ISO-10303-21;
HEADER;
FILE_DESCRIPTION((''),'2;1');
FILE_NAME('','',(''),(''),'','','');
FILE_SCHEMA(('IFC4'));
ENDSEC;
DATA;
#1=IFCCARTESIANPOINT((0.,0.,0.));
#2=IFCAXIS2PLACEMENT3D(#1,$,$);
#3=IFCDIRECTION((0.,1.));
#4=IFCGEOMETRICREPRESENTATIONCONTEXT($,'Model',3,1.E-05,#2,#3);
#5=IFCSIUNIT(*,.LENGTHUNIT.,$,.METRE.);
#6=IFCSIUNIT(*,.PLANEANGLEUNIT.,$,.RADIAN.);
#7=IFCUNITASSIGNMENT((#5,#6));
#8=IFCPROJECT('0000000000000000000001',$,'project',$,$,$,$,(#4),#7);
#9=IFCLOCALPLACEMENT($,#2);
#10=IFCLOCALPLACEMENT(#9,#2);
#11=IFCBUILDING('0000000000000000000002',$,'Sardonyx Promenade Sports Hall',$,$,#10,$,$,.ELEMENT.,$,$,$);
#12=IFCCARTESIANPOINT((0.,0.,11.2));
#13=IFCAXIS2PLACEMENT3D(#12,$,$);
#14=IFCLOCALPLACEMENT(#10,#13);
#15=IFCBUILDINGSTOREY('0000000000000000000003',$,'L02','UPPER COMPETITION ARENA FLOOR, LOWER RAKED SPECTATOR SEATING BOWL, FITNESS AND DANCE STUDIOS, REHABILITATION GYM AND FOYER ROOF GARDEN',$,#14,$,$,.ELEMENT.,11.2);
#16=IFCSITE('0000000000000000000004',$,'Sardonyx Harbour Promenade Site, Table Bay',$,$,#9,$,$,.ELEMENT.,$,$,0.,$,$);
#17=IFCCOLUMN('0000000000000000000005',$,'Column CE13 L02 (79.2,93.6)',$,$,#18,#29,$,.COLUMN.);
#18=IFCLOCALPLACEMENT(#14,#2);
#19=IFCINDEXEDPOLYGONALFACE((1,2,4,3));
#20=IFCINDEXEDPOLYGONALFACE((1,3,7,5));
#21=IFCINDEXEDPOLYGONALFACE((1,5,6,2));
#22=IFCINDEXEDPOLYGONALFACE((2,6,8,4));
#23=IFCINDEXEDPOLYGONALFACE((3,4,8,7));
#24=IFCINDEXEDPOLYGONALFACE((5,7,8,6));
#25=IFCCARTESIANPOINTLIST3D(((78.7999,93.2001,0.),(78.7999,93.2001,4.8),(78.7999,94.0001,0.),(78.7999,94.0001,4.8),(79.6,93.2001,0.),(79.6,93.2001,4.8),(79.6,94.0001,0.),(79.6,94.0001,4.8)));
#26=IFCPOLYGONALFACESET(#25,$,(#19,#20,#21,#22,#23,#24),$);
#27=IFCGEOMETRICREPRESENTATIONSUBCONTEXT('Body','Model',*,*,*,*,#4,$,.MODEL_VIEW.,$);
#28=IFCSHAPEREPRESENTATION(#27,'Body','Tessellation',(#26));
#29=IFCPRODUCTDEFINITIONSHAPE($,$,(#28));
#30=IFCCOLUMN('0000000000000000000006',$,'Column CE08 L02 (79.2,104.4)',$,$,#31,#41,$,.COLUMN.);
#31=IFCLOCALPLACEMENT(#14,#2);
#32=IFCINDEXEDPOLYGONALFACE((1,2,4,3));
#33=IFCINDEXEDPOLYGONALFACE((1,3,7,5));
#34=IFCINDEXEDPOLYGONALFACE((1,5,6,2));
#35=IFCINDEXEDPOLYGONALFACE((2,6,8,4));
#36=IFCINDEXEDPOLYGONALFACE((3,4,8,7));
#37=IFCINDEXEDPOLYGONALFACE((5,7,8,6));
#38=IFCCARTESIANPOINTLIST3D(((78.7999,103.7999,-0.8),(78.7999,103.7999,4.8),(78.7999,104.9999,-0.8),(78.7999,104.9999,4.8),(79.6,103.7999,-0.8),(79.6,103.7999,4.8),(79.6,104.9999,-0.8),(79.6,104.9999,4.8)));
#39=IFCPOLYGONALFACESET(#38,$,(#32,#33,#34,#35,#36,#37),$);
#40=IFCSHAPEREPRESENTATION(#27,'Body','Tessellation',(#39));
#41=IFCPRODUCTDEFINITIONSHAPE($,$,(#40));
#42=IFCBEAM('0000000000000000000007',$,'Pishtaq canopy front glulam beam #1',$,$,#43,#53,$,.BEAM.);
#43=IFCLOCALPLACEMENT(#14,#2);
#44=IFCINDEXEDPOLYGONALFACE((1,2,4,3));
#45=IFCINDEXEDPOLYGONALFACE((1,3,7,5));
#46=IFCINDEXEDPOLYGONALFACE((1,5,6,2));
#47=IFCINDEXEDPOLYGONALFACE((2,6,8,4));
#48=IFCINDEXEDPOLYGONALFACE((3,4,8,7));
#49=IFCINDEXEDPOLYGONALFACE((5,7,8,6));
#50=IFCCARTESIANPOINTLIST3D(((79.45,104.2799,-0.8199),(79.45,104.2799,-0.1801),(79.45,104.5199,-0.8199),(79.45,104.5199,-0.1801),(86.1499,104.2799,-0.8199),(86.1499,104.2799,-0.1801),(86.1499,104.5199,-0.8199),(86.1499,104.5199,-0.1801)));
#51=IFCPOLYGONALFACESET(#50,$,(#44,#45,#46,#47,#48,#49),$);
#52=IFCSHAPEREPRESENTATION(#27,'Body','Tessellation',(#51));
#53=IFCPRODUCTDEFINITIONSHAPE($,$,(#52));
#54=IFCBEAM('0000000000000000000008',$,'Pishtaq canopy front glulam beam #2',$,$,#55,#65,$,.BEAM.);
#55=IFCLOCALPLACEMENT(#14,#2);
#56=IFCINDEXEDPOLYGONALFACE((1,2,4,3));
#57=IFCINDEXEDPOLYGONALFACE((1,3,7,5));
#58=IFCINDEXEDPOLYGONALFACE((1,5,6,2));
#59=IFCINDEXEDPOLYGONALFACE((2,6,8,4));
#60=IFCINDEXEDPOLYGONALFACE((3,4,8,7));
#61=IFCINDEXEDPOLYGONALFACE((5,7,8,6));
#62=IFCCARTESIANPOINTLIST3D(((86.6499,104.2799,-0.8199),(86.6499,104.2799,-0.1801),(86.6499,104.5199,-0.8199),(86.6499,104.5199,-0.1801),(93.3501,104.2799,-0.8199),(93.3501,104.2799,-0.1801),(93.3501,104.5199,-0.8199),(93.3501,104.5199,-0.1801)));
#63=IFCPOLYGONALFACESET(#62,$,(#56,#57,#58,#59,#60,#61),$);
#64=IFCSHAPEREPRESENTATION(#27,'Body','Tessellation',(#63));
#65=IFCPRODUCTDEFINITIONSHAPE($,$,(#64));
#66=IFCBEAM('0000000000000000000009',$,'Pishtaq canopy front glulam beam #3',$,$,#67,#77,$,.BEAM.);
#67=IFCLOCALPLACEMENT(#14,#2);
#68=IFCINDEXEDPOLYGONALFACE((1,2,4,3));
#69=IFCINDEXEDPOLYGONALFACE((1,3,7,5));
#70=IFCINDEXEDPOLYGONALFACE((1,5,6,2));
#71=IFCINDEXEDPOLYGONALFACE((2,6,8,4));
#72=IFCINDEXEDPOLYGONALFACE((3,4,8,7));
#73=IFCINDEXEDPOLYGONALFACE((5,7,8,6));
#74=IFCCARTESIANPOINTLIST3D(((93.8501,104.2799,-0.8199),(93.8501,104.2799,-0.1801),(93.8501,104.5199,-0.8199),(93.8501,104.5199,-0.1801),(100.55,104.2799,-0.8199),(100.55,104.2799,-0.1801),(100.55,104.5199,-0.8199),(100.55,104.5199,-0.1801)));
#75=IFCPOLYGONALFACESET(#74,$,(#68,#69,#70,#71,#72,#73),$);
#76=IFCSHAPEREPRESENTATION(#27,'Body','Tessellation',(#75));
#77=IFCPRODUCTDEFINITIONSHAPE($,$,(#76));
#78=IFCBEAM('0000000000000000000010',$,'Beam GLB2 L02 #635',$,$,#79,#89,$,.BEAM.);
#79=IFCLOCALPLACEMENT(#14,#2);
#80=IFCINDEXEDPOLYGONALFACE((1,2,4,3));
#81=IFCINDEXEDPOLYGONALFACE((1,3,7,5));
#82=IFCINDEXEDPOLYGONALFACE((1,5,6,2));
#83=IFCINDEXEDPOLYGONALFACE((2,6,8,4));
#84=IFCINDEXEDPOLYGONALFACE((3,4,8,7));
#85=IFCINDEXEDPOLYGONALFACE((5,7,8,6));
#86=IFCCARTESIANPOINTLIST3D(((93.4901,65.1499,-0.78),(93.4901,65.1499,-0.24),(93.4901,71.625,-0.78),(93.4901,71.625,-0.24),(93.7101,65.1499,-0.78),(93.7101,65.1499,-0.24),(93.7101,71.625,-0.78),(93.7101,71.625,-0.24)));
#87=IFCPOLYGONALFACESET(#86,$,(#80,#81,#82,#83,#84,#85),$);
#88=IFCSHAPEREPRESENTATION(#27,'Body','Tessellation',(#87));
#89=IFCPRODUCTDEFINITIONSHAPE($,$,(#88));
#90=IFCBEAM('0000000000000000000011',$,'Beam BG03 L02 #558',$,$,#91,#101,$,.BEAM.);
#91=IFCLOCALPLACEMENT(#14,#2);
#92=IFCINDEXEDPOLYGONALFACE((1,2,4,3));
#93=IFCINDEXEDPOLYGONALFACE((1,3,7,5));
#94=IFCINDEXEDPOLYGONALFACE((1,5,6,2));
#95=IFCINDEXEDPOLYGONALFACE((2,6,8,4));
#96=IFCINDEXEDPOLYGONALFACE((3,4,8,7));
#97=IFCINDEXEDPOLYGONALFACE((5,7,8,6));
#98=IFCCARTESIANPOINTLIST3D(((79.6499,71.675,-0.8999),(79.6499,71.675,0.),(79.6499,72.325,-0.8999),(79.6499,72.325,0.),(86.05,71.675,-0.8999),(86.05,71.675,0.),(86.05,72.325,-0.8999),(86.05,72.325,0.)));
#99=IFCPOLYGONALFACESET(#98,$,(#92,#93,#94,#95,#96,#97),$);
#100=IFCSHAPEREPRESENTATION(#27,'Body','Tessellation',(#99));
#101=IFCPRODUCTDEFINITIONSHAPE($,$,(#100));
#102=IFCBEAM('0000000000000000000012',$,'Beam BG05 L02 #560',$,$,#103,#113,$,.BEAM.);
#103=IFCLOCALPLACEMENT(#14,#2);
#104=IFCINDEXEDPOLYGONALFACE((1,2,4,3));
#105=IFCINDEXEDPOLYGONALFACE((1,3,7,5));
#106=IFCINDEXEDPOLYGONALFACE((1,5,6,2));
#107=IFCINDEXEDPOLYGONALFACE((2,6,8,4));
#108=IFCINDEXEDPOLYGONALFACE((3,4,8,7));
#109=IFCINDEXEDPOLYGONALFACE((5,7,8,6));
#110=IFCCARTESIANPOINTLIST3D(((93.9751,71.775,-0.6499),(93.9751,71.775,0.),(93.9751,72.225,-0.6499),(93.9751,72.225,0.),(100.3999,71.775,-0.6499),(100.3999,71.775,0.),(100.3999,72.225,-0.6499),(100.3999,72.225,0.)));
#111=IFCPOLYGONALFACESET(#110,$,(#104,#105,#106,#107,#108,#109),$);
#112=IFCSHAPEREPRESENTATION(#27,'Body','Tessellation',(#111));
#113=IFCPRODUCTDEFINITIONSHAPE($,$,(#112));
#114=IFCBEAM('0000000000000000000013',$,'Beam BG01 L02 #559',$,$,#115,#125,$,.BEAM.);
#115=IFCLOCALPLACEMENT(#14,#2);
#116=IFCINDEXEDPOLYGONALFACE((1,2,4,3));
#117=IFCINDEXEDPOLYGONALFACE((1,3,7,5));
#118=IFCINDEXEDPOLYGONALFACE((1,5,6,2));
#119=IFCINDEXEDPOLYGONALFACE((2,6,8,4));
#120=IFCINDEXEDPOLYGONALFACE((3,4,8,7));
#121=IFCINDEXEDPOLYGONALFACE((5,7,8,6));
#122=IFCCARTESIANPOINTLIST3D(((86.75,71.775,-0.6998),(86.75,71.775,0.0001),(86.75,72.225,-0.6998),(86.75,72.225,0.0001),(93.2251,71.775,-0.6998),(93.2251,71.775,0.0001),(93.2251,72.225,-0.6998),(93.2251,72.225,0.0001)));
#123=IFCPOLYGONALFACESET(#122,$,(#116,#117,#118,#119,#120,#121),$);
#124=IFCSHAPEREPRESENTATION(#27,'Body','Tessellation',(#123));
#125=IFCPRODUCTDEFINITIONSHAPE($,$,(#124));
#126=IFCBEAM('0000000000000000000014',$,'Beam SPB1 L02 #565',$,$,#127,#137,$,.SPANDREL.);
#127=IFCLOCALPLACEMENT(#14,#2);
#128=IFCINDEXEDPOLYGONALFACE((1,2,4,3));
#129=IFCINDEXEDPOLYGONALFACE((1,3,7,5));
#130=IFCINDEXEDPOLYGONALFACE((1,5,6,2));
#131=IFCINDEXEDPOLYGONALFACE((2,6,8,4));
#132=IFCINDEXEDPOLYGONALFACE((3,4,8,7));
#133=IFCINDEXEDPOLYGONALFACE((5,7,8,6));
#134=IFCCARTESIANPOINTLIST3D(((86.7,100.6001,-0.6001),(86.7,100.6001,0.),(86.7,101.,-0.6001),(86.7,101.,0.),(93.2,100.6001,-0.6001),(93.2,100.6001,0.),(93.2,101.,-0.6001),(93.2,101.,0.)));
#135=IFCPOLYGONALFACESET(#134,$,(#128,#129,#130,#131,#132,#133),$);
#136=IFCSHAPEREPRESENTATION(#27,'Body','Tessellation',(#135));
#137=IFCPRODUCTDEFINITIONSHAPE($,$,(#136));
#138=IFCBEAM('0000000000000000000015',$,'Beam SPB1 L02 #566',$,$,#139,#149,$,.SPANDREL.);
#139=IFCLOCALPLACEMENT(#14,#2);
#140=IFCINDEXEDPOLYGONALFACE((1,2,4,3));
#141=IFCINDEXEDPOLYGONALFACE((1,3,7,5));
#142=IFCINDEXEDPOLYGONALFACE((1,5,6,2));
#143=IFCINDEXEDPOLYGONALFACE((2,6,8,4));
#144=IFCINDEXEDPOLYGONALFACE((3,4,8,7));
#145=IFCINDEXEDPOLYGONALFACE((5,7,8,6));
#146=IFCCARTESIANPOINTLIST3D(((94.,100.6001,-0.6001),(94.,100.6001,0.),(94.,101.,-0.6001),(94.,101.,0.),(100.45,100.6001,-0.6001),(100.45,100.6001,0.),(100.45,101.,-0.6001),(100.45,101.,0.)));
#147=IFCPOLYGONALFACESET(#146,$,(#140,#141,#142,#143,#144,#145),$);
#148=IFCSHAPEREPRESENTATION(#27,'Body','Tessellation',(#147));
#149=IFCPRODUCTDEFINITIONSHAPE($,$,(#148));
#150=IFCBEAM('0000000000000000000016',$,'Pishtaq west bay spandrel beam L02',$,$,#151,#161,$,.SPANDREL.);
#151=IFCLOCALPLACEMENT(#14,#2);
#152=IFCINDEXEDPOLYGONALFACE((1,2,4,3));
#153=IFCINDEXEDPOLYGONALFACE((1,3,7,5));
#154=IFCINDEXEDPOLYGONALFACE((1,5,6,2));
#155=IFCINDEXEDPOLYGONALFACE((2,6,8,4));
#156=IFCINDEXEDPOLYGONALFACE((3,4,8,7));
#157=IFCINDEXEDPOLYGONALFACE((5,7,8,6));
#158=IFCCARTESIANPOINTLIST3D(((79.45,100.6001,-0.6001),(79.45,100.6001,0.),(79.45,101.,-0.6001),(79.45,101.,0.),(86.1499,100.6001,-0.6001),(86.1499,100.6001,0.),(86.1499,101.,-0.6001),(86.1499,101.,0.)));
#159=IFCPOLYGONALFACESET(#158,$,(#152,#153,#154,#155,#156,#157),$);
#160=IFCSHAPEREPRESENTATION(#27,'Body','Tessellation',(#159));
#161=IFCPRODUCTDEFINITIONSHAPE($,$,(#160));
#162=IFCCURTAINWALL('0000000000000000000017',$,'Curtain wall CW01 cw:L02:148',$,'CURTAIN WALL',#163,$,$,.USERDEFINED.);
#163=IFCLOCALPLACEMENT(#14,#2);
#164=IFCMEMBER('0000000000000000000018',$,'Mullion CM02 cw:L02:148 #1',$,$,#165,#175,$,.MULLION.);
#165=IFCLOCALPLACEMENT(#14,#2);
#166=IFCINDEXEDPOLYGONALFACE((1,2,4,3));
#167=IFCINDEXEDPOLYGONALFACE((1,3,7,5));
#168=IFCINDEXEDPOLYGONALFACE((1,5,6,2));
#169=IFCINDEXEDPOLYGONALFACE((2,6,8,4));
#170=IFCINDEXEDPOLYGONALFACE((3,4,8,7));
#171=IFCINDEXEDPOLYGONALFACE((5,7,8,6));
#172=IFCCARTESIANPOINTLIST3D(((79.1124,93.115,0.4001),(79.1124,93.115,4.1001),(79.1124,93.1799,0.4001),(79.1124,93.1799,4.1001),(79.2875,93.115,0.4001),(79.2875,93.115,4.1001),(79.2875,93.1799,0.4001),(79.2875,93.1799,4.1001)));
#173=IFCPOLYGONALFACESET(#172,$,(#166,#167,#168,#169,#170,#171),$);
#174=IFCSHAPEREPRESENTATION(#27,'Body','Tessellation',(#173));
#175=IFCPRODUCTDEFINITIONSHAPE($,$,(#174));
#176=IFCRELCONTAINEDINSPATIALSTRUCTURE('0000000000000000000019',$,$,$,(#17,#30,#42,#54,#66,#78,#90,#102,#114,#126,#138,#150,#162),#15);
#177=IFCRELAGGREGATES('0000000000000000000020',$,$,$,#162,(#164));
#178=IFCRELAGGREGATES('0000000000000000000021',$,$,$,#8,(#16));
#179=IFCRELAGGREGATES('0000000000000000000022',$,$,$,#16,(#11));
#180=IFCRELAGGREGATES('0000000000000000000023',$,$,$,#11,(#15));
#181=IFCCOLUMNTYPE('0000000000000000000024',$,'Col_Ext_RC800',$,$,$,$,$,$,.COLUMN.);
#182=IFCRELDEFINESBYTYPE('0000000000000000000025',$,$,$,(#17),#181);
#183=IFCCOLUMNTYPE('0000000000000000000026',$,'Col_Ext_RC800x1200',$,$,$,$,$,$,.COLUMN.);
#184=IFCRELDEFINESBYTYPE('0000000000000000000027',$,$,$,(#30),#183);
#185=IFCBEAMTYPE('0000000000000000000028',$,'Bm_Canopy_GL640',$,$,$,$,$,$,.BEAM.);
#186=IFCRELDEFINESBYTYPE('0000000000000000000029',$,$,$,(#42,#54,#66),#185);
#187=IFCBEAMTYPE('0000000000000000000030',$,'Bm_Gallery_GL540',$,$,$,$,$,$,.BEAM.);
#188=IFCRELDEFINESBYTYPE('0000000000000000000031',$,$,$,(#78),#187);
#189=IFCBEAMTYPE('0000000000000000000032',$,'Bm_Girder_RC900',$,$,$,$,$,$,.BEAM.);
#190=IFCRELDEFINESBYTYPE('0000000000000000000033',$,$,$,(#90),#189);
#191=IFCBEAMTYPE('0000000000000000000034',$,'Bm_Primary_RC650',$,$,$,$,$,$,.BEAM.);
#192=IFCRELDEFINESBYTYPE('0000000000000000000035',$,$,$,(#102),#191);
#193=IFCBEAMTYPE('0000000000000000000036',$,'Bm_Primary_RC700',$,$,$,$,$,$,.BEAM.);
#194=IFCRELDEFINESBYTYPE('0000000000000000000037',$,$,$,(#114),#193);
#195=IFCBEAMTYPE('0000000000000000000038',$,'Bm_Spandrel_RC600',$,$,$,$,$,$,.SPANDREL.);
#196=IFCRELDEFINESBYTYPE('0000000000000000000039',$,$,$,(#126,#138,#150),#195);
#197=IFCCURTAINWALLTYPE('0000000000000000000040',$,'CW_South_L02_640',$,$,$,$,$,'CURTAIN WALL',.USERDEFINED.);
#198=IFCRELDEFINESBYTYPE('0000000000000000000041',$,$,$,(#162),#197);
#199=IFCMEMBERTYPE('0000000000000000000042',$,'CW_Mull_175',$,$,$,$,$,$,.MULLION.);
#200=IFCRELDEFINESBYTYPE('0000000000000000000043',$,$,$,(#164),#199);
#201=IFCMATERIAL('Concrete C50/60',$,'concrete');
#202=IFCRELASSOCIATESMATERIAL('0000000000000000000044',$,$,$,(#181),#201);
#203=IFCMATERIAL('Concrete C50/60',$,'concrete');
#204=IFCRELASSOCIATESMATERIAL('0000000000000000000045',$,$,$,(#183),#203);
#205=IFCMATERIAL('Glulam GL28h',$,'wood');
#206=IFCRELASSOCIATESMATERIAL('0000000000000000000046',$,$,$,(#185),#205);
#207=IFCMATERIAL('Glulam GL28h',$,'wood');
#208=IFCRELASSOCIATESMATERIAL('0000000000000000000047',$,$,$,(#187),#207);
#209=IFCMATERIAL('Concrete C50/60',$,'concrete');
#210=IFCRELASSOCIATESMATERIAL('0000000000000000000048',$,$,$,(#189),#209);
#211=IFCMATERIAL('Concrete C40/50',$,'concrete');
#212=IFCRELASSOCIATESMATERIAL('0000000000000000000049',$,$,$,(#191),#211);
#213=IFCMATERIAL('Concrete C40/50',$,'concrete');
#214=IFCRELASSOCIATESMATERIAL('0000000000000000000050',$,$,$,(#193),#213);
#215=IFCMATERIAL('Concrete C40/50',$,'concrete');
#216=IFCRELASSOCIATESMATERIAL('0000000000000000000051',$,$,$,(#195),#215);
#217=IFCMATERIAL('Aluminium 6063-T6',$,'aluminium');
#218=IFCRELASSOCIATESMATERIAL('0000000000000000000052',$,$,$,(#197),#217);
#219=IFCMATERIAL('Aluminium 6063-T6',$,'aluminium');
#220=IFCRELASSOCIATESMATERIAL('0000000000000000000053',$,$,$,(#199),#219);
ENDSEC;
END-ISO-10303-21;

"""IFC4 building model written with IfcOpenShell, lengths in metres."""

from ifc_helpers import new_model, si_unit, direction, frame, origin, origin_2d, place, context, subcontext, project, spatial, rectangle, extrude, material, material_profile, profile_set, type_object, element, aggregate, save


model = new_model("IFC4")

# Units and contexts
model_context = context("Model", 3, precision=1e-05, world=origin(), true_north=direction((0.0, 1.0)))
body_context = subcontext(model_context, "Body", "Model", "MODEL_VIEW")
ifc_project = project(units=[si_unit("LENGTHUNIT", "METRE"), si_unit("PLANEANGLEUNIT", "RADIAN")], contexts=[model_context])

# Site, building, storey
site_placement = place(None, origin())
site = spatial("IfcSite", under=ifc_project, at=site_placement, Name="Sardonyx Harbour Promenade Site, Table Bay", CompositionType="ELEMENT", RefElevation=0.0)
building_placement = place(site_placement, origin())
building = spatial("IfcBuilding", under=site, at=building_placement, Name="Sardonyx Promenade Sports Hall", CompositionType="ELEMENT")
storey_placement = place(building_placement, frame((0.0, 0.0, 11.2)))
storey = spatial("IfcBuildingStorey", under=building, at=storey_placement, Name="L02", Description="UPPER COMPETITION ARENA FLOOR, LOWER RAKED SPECTATOR SEATING BOWL, FITNESS AND DANCE STUDIOS, REHABILITATION GYM AND FOYER ROOF GARDEN", CompositionType="ELEMENT", Elevation=11.2)

# Columns
ifc_material_1 = material(Name="Concrete C50/60", Category="concrete")
ifc_material_profile_1 = material_profile(ifc_material_1, rectangle(XDim=0.8, YDim=0.8, at=origin_2d()))
ifc_profile_set_1 = profile_set([ifc_material_profile_1], Name="Concrete C50/60")
column_type_1 = type_object("IfcColumnType", Name="Col_Ext_RC800", PredefinedType="COLUMN", material=ifc_profile_set_1)
column_1_placement = place(storey_placement, frame((79.2, 93.6001, 0.0), z_axis=(0.0, 0.0, 1.0), x_axis=(1.0, 0.0, 0.0)))
element("IfcColumn", 1, at=column_1_placement, inside=storey, type_object=column_type_1, Name="Column CE13 L02 (79.2,93.6)", PredefinedType="COLUMN", context=body_context, shape_type="SweptSolid", body=[
    extrude(rectangle(XDim=0.8, YDim=0.8, at=origin_2d()), origin(), (0.0, 0.0, 1.0), 4.8),
])
ifc_material_2 = material(Name="Concrete C50/60", Category="concrete")
ifc_material_profile_2 = material_profile(ifc_material_2, rectangle(XDim=0.8, YDim=1.2, at=origin_2d()))
ifc_profile_set_2 = profile_set([ifc_material_profile_2], Name="Concrete C50/60")
column_type_2 = type_object("IfcColumnType", Name="Col_Ext_RC800x1200", PredefinedType="COLUMN", material=ifc_profile_set_2)
column_2_placement = place(storey_placement, frame((79.2, 104.3999, -0.8), z_axis=(0.0, 0.0, 1.0), x_axis=(1.0, 0.0, 0.0)))
element("IfcColumn", 2, at=column_2_placement, inside=storey, type_object=column_type_2, Name="Column CE08 L02 (79.2,104.4)", PredefinedType="COLUMN", context=body_context, shape_type="SweptSolid", body=[
    extrude(rectangle(XDim=0.8, YDim=1.2, at=origin_2d()), origin(), (0.0, 0.0, 1.0), 5.6001),
])

# Beams
ifc_material_3 = material(Name="Glulam GL28h", Category="wood")
ifc_material_profile_3 = material_profile(ifc_material_3, rectangle(XDim=0.24, YDim=0.6399, at=origin_2d()))
ifc_profile_set_3 = profile_set([ifc_material_profile_3], Name="Glulam GL28h")
beam_type_1 = type_object("IfcBeamType", Name="Bm_Canopy_GL640", PredefinedType="BEAM", material=ifc_profile_set_3)
beam_1_placement = place(storey_placement, frame((79.45, 104.3999, -0.5), z_axis=(1.0, 0.0, 0.0), x_axis=(0.0, 1.0, 0.0)))
element("IfcBeam", 3, at=beam_1_placement, inside=storey, type_object=beam_type_1, Name="Pishtaq canopy front glulam beam #1", PredefinedType="BEAM", context=body_context, shape_type="SweptSolid", body=[
    extrude(rectangle(XDim=0.24, YDim=0.6399, at=origin_2d()), origin(), (0.0, 0.0, 1.0), 6.7),
])
beam_2_placement = place(storey_placement, frame((86.6499, 104.3999, -0.5), z_axis=(1.0, 0.0, 0.0), x_axis=(0.0, 1.0, 0.0)))
element("IfcBeam", 4, at=beam_2_placement, inside=storey, type_object=beam_type_1, Name="Pishtaq canopy front glulam beam #2", PredefinedType="BEAM", context=body_context, shape_type="SweptSolid", body=[
    extrude(rectangle(XDim=0.24, YDim=0.6399, at=origin_2d()), origin(), (0.0, 0.0, 1.0), 6.7002),
])
beam_3_placement = place(storey_placement, frame((93.8501, 104.3999, -0.5), z_axis=(1.0, 0.0, 0.0), x_axis=(0.0, 1.0, 0.0)))
element("IfcBeam", 5, at=beam_3_placement, inside=storey, type_object=beam_type_1, Name="Pishtaq canopy front glulam beam #3", PredefinedType="BEAM", context=body_context, shape_type="SweptSolid", body=[
    extrude(rectangle(XDim=0.24, YDim=0.6399, at=origin_2d()), origin(), (0.0, 0.0, 1.0), 6.7),
])
ifc_material_4 = material(Name="Glulam GL28h", Category="wood")
ifc_material_profile_4 = material_profile(ifc_material_4, rectangle(XDim=0.22, YDim=0.54, at=origin_2d()))
ifc_profile_set_4 = profile_set([ifc_material_profile_4], Name="Glulam GL28h")
beam_type_2 = type_object("IfcBeamType", Name="Bm_Gallery_GL540", PredefinedType="BEAM", material=ifc_profile_set_4)
beam_4_placement = place(storey_placement, frame((93.6001, 65.1499, -0.51), z_axis=(0.0, 1.0, 0.0), x_axis=(-1.0, 0.0, 0.0)))
element("IfcBeam", 6, at=beam_4_placement, inside=storey, type_object=beam_type_2, Name="Beam GLB2 L02 #635", PredefinedType="BEAM", context=body_context, shape_type="SweptSolid", body=[
    extrude(rectangle(XDim=0.22, YDim=0.54, at=origin_2d()), origin(), (0.0, 0.0, 1.0), 6.4751),
])
ifc_material_5 = material(Name="Concrete C50/60", Category="concrete")
ifc_material_profile_5 = material_profile(ifc_material_5, rectangle(XDim=0.6499, YDim=0.8999, at=origin_2d()))
ifc_profile_set_5 = profile_set([ifc_material_profile_5], Name="Concrete C50/60")
beam_type_3 = type_object("IfcBeamType", Name="Bm_Girder_RC900", PredefinedType="BEAM", material=ifc_profile_set_5)
beam_5_placement = place(storey_placement, frame((79.6499, 72.0, -0.45), z_axis=(1.0, 0.0, 0.0), x_axis=(0.0, 1.0, 0.0)))
element("IfcBeam", 7, at=beam_5_placement, inside=storey, type_object=beam_type_3, Name="Beam BG03 L02 #558", PredefinedType="BEAM", context=body_context, shape_type="SweptSolid", body=[
    extrude(rectangle(XDim=0.6499, YDim=0.8999, at=origin_2d()), origin(), (0.0, 0.0, 1.0), 6.4001),
])
ifc_material_6 = material(Name="Concrete C40/50", Category="concrete")
ifc_material_profile_6 = material_profile(ifc_material_6, rectangle(XDim=0.45, YDim=0.6499, at=origin_2d()))
ifc_profile_set_6 = profile_set([ifc_material_profile_6], Name="Concrete C40/50")
beam_type_4 = type_object("IfcBeamType", Name="Bm_Primary_RC650", PredefinedType="BEAM", material=ifc_profile_set_6)
beam_6_placement = place(storey_placement, frame((93.9751, 72.0, -0.325), z_axis=(1.0, 0.0, 0.0), x_axis=(0.0, 1.0, 0.0)))
element("IfcBeam", 8, at=beam_6_placement, inside=storey, type_object=beam_type_4, Name="Beam BG05 L02 #560", PredefinedType="BEAM", context=body_context, shape_type="SweptSolid", body=[
    extrude(rectangle(XDim=0.45, YDim=0.6499, at=origin_2d()), origin(), (0.0, 0.0, 1.0), 6.4248),
])
ifc_material_7 = material(Name="Concrete C40/50", Category="concrete")
ifc_material_profile_7 = material_profile(ifc_material_7, rectangle(XDim=0.45, YDim=0.7, at=origin_2d()))
ifc_profile_set_7 = profile_set([ifc_material_profile_7], Name="Concrete C40/50")
beam_type_5 = type_object("IfcBeamType", Name="Bm_Primary_RC700", PredefinedType="BEAM", material=ifc_profile_set_7)
beam_7_placement = place(storey_placement, frame((86.75, 72.0, -0.3499), z_axis=(1.0, 0.0, 0.0), x_axis=(0.0, 1.0, 0.0)))
element("IfcBeam", 9, at=beam_7_placement, inside=storey, type_object=beam_type_5, Name="Beam BG01 L02 #559", PredefinedType="BEAM", context=body_context, shape_type="SweptSolid", body=[
    extrude(rectangle(XDim=0.45, YDim=0.7, at=origin_2d()), origin(), (0.0, 0.0, 1.0), 6.4751),
])
ifc_material_8 = material(Name="Concrete C40/50", Category="concrete")
ifc_material_profile_8 = material_profile(ifc_material_8, rectangle(XDim=0.3999, YDim=0.6001, at=origin_2d()))
ifc_profile_set_8 = profile_set([ifc_material_profile_8], Name="Concrete C40/50")
beam_type_6 = type_object("IfcBeamType", Name="Bm_Spandrel_RC600", PredefinedType="SPANDREL", material=ifc_profile_set_8)
beam_8_placement = place(storey_placement, frame((86.7, 100.8, -0.3), z_axis=(1.0, 0.0, 0.0), x_axis=(0.0, 1.0, 0.0)))
element("IfcBeam", 10, at=beam_8_placement, inside=storey, type_object=beam_type_6, Name="Beam SPB1 L02 #565", PredefinedType="SPANDREL", context=body_context, shape_type="SweptSolid", body=[
    extrude(rectangle(XDim=0.3999, YDim=0.6001, at=origin_2d()), origin(), (0.0, 0.0, 1.0), 6.5),
])
beam_9_placement = place(storey_placement, frame((94.0, 100.8, -0.3), z_axis=(1.0, 0.0, 0.0), x_axis=(0.0, 1.0, 0.0)))
element("IfcBeam", 11, at=beam_9_placement, inside=storey, type_object=beam_type_6, Name="Beam SPB1 L02 #566", PredefinedType="SPANDREL", context=body_context, shape_type="SweptSolid", body=[
    extrude(rectangle(XDim=0.3999, YDim=0.6001, at=origin_2d()), origin(), (0.0, 0.0, 1.0), 6.45),
])
beam_10_placement = place(storey_placement, frame((79.45, 100.8, -0.3), z_axis=(1.0, 0.0, 0.0), x_axis=(0.0, 1.0, 0.0)))
element("IfcBeam", 12, at=beam_10_placement, inside=storey, type_object=beam_type_6, Name="Pishtaq west bay spandrel beam L02", PredefinedType="SPANDREL", context=body_context, shape_type="SweptSolid", body=[
    extrude(rectangle(XDim=0.3999, YDim=0.6001, at=origin_2d()), origin(), (0.0, 0.0, 1.0), 6.7),
])

# Curtain wall, member
ifc_material_9 = material(Name="Aluminium 6063-T6", Category="aluminium")
curtain_wall_type = type_object("IfcCurtainWallType", Name="CW_South_L02_640", ElementType="CURTAIN WALL", PredefinedType="USERDEFINED", material=ifc_material_9)
curtain_wall_placement = place(storey_placement, origin())
curtain_wall = element("IfcCurtainWall", 13, at=curtain_wall_placement, inside=storey, type_object=curtain_wall_type, Name="Curtain wall CW01 cw:L02:148", ObjectType="CURTAIN WALL", PredefinedType="USERDEFINED")
ifc_material_10 = material(Name="Aluminium 6063-T6", Category="aluminium")
ifc_material_profile_9 = material_profile(ifc_material_10, rectangle(XDim=0.0649, YDim=0.175, at=origin_2d()))
ifc_profile_set_9 = profile_set([ifc_material_profile_9], Name="Aluminium 6063-T6")
member_type_1 = type_object("IfcMemberType", Name="CW_Mull_175", PredefinedType="MULLION", material=ifc_profile_set_9)
member_1_placement = place(storey_placement, frame((79.2, 93.1475, 0.4001), z_axis=(0.0, 0.0, 1.0), x_axis=(0.0, -1.0, 0.0)))
member_1 = element("IfcMember", 14, at=member_1_placement, type_object=member_type_1, Name="Mullion CM02 cw:L02:148 #1", PredefinedType="MULLION", context=body_context, shape_type="SweptSolid", body=[
    extrude(rectangle(XDim=0.0649, YDim=0.175, at=origin_2d()), origin(), (0.0, 0.0, 1.0), 3.7),
])

aggregate(curtain_wall, [member_1])

save(model, "model.ifc")
